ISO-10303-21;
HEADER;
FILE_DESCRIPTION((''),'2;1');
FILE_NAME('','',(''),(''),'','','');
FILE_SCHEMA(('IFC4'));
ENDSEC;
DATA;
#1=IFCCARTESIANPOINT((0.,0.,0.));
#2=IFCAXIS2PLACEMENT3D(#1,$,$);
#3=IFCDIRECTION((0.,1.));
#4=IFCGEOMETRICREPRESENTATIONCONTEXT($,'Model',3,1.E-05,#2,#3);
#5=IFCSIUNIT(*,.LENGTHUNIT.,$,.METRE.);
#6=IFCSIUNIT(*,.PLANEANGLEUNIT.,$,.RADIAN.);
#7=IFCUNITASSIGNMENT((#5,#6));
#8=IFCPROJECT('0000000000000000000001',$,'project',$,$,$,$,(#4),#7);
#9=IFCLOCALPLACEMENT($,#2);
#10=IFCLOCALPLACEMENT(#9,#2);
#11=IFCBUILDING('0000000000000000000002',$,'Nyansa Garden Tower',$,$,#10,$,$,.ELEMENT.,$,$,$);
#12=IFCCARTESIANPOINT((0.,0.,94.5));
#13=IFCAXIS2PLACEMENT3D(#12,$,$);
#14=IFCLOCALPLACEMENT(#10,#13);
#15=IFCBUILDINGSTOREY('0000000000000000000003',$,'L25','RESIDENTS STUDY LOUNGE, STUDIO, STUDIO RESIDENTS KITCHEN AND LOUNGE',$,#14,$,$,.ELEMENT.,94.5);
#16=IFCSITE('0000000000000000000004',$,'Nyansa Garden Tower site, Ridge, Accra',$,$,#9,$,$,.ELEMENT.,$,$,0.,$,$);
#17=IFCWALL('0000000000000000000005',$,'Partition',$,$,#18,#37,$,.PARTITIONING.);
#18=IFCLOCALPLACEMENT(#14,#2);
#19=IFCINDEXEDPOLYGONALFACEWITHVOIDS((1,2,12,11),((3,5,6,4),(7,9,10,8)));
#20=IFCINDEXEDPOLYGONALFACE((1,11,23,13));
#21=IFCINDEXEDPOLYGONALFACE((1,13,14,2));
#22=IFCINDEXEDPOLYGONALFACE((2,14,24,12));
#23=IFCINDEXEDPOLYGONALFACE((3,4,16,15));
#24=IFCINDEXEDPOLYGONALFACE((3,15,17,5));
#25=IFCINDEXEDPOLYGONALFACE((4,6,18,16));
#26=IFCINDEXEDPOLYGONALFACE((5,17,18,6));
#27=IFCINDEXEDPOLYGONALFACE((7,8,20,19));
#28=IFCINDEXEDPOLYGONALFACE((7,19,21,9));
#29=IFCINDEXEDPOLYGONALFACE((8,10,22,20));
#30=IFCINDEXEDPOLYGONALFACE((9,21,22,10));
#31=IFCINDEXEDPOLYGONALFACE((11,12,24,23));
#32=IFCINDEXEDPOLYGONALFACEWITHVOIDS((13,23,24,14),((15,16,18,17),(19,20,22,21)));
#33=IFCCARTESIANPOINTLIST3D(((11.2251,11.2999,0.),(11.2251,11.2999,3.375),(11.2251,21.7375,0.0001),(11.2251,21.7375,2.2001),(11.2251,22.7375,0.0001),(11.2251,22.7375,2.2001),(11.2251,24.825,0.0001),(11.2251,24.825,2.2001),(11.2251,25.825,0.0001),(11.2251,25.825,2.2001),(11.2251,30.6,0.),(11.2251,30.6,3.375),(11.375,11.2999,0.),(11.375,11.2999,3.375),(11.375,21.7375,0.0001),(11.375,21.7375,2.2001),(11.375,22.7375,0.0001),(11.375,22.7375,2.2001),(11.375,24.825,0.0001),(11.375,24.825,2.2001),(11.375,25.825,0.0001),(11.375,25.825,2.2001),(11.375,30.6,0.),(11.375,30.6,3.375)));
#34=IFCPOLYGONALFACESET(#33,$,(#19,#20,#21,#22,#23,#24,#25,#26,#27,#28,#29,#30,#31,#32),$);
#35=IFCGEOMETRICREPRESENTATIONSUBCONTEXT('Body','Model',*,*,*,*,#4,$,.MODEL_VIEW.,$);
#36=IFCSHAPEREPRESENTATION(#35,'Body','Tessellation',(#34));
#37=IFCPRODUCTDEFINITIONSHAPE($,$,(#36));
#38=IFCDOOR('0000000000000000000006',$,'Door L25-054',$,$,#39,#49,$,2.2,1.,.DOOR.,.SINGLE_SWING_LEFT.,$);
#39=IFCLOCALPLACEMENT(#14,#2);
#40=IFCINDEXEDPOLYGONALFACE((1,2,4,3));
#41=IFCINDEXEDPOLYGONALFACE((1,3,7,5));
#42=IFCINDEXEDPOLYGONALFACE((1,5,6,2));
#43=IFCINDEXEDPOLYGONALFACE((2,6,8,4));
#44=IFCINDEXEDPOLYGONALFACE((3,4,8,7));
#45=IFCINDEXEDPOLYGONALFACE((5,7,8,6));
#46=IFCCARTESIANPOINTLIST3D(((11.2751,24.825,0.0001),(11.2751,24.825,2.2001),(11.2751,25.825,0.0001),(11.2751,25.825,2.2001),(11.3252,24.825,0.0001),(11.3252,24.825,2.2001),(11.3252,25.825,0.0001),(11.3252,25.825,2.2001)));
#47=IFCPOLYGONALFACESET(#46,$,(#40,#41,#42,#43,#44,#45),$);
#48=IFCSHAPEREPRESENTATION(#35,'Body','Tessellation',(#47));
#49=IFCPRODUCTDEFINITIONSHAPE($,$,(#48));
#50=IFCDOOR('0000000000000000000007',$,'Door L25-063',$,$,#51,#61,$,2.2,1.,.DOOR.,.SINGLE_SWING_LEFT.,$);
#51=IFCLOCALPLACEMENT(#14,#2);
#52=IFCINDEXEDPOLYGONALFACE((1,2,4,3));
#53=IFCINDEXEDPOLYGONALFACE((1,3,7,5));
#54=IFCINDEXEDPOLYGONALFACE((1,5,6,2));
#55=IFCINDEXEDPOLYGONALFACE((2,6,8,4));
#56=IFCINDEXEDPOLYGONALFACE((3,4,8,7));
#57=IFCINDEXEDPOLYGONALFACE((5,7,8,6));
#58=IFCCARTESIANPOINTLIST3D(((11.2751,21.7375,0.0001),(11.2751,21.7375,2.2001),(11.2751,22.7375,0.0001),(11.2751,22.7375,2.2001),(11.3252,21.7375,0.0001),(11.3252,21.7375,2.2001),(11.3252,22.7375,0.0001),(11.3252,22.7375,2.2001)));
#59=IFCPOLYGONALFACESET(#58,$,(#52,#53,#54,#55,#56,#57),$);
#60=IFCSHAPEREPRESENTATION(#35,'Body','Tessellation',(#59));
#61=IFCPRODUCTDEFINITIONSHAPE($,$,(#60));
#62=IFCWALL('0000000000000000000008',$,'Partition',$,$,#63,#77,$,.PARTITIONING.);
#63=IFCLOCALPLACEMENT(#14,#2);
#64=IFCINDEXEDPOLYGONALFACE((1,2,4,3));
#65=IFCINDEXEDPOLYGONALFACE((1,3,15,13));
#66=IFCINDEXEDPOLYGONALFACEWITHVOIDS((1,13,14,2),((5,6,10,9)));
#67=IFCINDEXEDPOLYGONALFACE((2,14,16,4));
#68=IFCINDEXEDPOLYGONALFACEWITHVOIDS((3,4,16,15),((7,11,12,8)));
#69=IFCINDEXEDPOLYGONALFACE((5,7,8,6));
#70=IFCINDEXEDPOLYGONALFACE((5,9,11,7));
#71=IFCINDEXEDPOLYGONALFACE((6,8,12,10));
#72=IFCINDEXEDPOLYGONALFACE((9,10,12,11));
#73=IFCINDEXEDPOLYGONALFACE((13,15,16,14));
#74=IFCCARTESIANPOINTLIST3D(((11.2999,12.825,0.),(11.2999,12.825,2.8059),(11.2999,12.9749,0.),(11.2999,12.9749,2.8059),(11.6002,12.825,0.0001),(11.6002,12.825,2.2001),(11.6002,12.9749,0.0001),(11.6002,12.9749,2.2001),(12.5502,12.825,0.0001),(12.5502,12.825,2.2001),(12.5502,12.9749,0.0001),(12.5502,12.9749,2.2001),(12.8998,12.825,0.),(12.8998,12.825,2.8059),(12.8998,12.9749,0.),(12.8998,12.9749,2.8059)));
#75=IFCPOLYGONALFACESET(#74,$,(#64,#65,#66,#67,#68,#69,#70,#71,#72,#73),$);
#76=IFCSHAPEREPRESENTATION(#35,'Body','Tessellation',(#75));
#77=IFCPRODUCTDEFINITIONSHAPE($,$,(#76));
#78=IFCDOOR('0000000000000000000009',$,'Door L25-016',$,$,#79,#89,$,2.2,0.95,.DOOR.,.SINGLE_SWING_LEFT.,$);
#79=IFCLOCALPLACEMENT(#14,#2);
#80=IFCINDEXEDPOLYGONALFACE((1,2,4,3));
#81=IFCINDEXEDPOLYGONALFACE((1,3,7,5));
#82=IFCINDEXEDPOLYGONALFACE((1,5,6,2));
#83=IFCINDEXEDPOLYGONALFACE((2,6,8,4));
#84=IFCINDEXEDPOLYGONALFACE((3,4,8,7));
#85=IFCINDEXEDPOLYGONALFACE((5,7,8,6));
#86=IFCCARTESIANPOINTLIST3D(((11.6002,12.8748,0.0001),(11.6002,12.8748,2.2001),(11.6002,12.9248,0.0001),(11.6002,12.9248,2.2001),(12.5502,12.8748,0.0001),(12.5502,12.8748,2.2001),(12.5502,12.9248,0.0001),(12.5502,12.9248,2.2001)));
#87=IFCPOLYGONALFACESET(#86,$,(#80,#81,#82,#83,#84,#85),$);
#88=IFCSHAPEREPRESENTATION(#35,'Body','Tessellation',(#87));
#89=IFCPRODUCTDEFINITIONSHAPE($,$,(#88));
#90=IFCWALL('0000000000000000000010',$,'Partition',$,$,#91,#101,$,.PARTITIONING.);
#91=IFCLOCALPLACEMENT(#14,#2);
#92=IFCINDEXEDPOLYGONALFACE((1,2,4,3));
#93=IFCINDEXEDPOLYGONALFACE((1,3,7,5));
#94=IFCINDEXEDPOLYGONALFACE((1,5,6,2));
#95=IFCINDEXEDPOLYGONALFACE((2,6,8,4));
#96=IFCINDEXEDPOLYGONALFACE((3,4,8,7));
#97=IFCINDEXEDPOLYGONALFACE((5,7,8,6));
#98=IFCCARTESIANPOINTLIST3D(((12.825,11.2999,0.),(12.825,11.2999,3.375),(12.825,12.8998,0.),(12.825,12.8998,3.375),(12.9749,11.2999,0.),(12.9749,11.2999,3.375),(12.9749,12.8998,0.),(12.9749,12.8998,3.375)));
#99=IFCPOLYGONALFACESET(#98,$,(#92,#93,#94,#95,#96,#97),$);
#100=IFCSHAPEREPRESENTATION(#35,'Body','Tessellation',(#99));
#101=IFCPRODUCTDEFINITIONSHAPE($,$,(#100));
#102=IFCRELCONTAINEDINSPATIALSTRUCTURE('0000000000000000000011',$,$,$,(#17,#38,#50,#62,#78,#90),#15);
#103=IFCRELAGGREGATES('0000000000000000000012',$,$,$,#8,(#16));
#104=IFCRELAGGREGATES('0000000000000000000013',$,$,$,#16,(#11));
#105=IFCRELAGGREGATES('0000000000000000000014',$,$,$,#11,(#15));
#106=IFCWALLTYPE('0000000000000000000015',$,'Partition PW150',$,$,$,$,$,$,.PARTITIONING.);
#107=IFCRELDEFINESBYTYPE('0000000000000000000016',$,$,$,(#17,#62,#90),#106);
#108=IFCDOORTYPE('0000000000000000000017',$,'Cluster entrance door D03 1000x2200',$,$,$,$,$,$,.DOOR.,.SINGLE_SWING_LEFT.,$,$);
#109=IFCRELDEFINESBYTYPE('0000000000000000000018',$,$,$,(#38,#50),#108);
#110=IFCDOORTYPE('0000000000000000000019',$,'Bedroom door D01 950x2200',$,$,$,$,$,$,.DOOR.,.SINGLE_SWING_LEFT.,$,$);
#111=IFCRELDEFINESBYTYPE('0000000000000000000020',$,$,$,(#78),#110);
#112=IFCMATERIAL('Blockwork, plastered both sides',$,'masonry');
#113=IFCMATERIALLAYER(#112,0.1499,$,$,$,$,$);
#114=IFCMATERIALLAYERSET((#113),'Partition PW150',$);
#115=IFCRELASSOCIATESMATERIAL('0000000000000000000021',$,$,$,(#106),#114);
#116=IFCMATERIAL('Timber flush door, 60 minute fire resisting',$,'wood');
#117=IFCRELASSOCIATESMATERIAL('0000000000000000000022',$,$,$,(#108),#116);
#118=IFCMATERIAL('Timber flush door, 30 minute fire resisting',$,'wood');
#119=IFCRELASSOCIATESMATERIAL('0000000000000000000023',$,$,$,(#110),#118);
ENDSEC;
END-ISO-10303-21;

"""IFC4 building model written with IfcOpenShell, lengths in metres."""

from ifc_helpers import new_model, si_unit, direction, frame, frame_2d, origin, place, context, subcontext, project, spatial, rectangle, extrude, material, layer, layer_set, type_object, element, fill, save


model = new_model("IFC4")

# Units and contexts
model_context = context("Model", 3, precision=1e-05, world=origin(), true_north=direction((0.0, 1.0)))
body_context = subcontext(model_context, "Body", "Model", "MODEL_VIEW")
ifc_project = project(units=[si_unit("LENGTHUNIT", "METRE"), si_unit("PLANEANGLEUNIT", "RADIAN")], contexts=[model_context])

# Site, building, storey
site_placement = place(None, origin())
site = spatial("IfcSite", under=ifc_project, at=site_placement, Name="Nyansa Garden Tower site, Ridge, Accra", CompositionType="ELEMENT", RefElevation=0.0)
building_placement = place(site_placement, origin())
building = spatial("IfcBuilding", under=site, at=building_placement, Name="Nyansa Garden Tower", CompositionType="ELEMENT")
storey_placement = place(building_placement, frame((0.0, 0.0, 94.5)))
storey = spatial("IfcBuildingStorey", under=building, at=storey_placement, Name="L25", Description="RESIDENTS STUDY LOUNGE, STUDIO, STUDIO RESIDENTS KITCHEN AND LOUNGE", CompositionType="ELEMENT", Elevation=94.5)

# Shared definitions
ifc_material_1 = material(Name="Blockwork, plastered both sides", Category="masonry")
ifc_layer_1 = layer(ifc_material_1, 0.1499)
ifc_layer_set_1 = layer_set([ifc_layer_1], Name="Partition PW150")
wall_type_1 = type_object("IfcWallType", Name="Partition PW150", PredefinedType="PARTITIONING", material=ifc_layer_set_1)

# Shared definitions
ifc_material_2 = material(Name="Timber flush door, 60 minute fire resisting", Category="wood")
door_type_1 = type_object("IfcDoorType", Name="Cluster entrance door D03 1000x2200", OperationType="SINGLE_SWING_LEFT", PredefinedType="DOOR", material=ifc_material_2)

# Wall, openings, doors
wall_1_placement = place(storey_placement, frame((11.3, 11.3, 0.0), z_axis=(0.0, 0.0, 1.0), x_axis=(0.0, 1.0, 0.0)))
wall_1 = element("IfcWall", 1, at=wall_1_placement, inside=storey, type_object=wall_type_1, Name="Partition", PredefinedType="PARTITIONING", context=body_context, shape_type="SweptSolid", body=[
    extrude(rectangle(XDim=19.3, YDim=0.1499, at=frame_2d((9.6499, 0.0))), origin(), (0.0, 0.0, 1.0), 3.375),
])
opening_1_placement = place(wall_1_placement, frame((13.5249, 0.0, 0.0)))
opening_1 = element("IfcOpeningElement", 2, at=opening_1_placement, cuts=wall_1, PredefinedType="OPENING", context=body_context, shape_type="SweptSolid", body=[
    extrude(rectangle(XDim=1.0, YDim=2.2, at=frame_2d((0.5, 1.1001))), frame((0.0, 0.085, 0.0), z_axis=(0.0, -1.0, 0.0), x_axis=(1.0, 0.0, 0.0)), (0.0, 0.0, 1.0), 0.1699),
])
opening_2_placement = place(wall_1_placement, frame((10.4375, 0.0, 0.0)))
opening_2 = element("IfcOpeningElement", 3, at=opening_2_placement, cuts=wall_1, PredefinedType="OPENING", context=body_context, shape_type="SweptSolid", body=[
    extrude(rectangle(XDim=1.0, YDim=2.2, at=frame_2d((0.5, 1.1001))), frame((0.0, 0.085, 0.0), z_axis=(0.0, -1.0, 0.0), x_axis=(1.0, 0.0, 0.0)), (0.0, 0.0, 1.0), 0.1699),
])
door_1_placement = place(opening_1_placement, origin())
door_1 = element("IfcDoor", 4, at=door_1_placement, inside=storey, type_object=door_type_1, Name="Door L25-054", OperationType="SINGLE_SWING_LEFT", OverallHeight=2.2, OverallWidth=1.0, PredefinedType="DOOR", context=body_context, shape_type="SweptSolid", body=[
    extrude(rectangle(XDim=1.0, YDim=2.2, at=frame_2d((0.5, 1.1001))), frame((0.0, 0.0249, 0.0), z_axis=(0.0, -1.0, 0.0), x_axis=(1.0, 0.0, 0.0)), (0.0, 0.0, 1.0), 0.05),
])
fill(opening_1, door_1)
door_2_placement = place(opening_2_placement, origin())
door_2 = element("IfcDoor", 5, at=door_2_placement, inside=storey, type_object=door_type_1, Name="Door L25-063", OperationType="SINGLE_SWING_LEFT", OverallHeight=2.2, OverallWidth=1.0, PredefinedType="DOOR", context=body_context, shape_type="SweptSolid", body=[
    extrude(rectangle(XDim=1.0, YDim=2.2, at=frame_2d((0.5, 1.1001))), frame((0.0, 0.0249, 0.0), z_axis=(0.0, -1.0, 0.0), x_axis=(1.0, 0.0, 0.0)), (0.0, 0.0, 1.0), 0.05),
])
fill(opening_2, door_2)

# Wall, opening, door
wall_2_placement = place(storey_placement, frame((11.3, 12.8999, 0.0), z_axis=(0.0, 0.0, 1.0), x_axis=(1.0, 0.0, 0.0)))
wall_2 = element("IfcWall", 6, at=wall_2_placement, inside=storey, type_object=wall_type_1, Name="Partition", PredefinedType="PARTITIONING", context=body_context, shape_type="SweptSolid", body=[
    extrude(rectangle(XDim=1.5999, YDim=0.1499, at=frame_2d((0.7998, 0.0))), origin(), (0.0, 0.0, 1.0), 2.8059),
])
opening_3_placement = place(wall_2_placement, frame((0.3, 0.0, 0.0)))
opening_3 = element("IfcOpeningElement", 7, at=opening_3_placement, cuts=wall_2, PredefinedType="OPENING", context=body_context, shape_type="SweptSolid", body=[
    extrude(rectangle(XDim=0.95, YDim=2.2, at=frame_2d((0.4751, 1.1001))), frame((0.0, 0.085, 0.0), z_axis=(0.0, -1.0, 0.0), x_axis=(1.0, 0.0, 0.0)), (0.0, 0.0, 1.0), 0.1699),
])
ifc_material_3 = material(Name="Timber flush door, 30 minute fire resisting", Category="wood")
door_type_2 = type_object("IfcDoorType", Name="Bedroom door D01 950x2200", OperationType="SINGLE_SWING_LEFT", PredefinedType="DOOR", material=ifc_material_3)
door_3_placement = place(opening_3_placement, origin())
door_3 = element("IfcDoor", 8, at=door_3_placement, inside=storey, type_object=door_type_2, Name="Door L25-016", OperationType="SINGLE_SWING_LEFT", OverallHeight=2.2, OverallWidth=0.95, PredefinedType="DOOR", context=body_context, shape_type="SweptSolid", body=[
    extrude(rectangle(XDim=0.95, YDim=2.2, at=frame_2d((0.4751, 1.1001))), frame((0.0, 0.0249, 0.0), z_axis=(0.0, -1.0, 0.0), x_axis=(1.0, 0.0, 0.0)), (0.0, 0.0, 1.0), 0.05),
])
fill(opening_3, door_3)

# Wall
wall_3_placement = place(storey_placement, frame((12.8999, 11.3, 0.0), z_axis=(0.0, 0.0, 1.0), x_axis=(0.0, 1.0, 0.0)))
element("IfcWall", 9, at=wall_3_placement, inside=storey, type_object=wall_type_1, Name="Partition", PredefinedType="PARTITIONING", context=body_context, shape_type="SweptSolid", body=[
    extrude(rectangle(XDim=1.5999, YDim=0.1499, at=frame_2d((0.7998, 0.0))), origin(), (0.0, 0.0, 1.0), 3.375),
])

save(model, "model.ifc")
